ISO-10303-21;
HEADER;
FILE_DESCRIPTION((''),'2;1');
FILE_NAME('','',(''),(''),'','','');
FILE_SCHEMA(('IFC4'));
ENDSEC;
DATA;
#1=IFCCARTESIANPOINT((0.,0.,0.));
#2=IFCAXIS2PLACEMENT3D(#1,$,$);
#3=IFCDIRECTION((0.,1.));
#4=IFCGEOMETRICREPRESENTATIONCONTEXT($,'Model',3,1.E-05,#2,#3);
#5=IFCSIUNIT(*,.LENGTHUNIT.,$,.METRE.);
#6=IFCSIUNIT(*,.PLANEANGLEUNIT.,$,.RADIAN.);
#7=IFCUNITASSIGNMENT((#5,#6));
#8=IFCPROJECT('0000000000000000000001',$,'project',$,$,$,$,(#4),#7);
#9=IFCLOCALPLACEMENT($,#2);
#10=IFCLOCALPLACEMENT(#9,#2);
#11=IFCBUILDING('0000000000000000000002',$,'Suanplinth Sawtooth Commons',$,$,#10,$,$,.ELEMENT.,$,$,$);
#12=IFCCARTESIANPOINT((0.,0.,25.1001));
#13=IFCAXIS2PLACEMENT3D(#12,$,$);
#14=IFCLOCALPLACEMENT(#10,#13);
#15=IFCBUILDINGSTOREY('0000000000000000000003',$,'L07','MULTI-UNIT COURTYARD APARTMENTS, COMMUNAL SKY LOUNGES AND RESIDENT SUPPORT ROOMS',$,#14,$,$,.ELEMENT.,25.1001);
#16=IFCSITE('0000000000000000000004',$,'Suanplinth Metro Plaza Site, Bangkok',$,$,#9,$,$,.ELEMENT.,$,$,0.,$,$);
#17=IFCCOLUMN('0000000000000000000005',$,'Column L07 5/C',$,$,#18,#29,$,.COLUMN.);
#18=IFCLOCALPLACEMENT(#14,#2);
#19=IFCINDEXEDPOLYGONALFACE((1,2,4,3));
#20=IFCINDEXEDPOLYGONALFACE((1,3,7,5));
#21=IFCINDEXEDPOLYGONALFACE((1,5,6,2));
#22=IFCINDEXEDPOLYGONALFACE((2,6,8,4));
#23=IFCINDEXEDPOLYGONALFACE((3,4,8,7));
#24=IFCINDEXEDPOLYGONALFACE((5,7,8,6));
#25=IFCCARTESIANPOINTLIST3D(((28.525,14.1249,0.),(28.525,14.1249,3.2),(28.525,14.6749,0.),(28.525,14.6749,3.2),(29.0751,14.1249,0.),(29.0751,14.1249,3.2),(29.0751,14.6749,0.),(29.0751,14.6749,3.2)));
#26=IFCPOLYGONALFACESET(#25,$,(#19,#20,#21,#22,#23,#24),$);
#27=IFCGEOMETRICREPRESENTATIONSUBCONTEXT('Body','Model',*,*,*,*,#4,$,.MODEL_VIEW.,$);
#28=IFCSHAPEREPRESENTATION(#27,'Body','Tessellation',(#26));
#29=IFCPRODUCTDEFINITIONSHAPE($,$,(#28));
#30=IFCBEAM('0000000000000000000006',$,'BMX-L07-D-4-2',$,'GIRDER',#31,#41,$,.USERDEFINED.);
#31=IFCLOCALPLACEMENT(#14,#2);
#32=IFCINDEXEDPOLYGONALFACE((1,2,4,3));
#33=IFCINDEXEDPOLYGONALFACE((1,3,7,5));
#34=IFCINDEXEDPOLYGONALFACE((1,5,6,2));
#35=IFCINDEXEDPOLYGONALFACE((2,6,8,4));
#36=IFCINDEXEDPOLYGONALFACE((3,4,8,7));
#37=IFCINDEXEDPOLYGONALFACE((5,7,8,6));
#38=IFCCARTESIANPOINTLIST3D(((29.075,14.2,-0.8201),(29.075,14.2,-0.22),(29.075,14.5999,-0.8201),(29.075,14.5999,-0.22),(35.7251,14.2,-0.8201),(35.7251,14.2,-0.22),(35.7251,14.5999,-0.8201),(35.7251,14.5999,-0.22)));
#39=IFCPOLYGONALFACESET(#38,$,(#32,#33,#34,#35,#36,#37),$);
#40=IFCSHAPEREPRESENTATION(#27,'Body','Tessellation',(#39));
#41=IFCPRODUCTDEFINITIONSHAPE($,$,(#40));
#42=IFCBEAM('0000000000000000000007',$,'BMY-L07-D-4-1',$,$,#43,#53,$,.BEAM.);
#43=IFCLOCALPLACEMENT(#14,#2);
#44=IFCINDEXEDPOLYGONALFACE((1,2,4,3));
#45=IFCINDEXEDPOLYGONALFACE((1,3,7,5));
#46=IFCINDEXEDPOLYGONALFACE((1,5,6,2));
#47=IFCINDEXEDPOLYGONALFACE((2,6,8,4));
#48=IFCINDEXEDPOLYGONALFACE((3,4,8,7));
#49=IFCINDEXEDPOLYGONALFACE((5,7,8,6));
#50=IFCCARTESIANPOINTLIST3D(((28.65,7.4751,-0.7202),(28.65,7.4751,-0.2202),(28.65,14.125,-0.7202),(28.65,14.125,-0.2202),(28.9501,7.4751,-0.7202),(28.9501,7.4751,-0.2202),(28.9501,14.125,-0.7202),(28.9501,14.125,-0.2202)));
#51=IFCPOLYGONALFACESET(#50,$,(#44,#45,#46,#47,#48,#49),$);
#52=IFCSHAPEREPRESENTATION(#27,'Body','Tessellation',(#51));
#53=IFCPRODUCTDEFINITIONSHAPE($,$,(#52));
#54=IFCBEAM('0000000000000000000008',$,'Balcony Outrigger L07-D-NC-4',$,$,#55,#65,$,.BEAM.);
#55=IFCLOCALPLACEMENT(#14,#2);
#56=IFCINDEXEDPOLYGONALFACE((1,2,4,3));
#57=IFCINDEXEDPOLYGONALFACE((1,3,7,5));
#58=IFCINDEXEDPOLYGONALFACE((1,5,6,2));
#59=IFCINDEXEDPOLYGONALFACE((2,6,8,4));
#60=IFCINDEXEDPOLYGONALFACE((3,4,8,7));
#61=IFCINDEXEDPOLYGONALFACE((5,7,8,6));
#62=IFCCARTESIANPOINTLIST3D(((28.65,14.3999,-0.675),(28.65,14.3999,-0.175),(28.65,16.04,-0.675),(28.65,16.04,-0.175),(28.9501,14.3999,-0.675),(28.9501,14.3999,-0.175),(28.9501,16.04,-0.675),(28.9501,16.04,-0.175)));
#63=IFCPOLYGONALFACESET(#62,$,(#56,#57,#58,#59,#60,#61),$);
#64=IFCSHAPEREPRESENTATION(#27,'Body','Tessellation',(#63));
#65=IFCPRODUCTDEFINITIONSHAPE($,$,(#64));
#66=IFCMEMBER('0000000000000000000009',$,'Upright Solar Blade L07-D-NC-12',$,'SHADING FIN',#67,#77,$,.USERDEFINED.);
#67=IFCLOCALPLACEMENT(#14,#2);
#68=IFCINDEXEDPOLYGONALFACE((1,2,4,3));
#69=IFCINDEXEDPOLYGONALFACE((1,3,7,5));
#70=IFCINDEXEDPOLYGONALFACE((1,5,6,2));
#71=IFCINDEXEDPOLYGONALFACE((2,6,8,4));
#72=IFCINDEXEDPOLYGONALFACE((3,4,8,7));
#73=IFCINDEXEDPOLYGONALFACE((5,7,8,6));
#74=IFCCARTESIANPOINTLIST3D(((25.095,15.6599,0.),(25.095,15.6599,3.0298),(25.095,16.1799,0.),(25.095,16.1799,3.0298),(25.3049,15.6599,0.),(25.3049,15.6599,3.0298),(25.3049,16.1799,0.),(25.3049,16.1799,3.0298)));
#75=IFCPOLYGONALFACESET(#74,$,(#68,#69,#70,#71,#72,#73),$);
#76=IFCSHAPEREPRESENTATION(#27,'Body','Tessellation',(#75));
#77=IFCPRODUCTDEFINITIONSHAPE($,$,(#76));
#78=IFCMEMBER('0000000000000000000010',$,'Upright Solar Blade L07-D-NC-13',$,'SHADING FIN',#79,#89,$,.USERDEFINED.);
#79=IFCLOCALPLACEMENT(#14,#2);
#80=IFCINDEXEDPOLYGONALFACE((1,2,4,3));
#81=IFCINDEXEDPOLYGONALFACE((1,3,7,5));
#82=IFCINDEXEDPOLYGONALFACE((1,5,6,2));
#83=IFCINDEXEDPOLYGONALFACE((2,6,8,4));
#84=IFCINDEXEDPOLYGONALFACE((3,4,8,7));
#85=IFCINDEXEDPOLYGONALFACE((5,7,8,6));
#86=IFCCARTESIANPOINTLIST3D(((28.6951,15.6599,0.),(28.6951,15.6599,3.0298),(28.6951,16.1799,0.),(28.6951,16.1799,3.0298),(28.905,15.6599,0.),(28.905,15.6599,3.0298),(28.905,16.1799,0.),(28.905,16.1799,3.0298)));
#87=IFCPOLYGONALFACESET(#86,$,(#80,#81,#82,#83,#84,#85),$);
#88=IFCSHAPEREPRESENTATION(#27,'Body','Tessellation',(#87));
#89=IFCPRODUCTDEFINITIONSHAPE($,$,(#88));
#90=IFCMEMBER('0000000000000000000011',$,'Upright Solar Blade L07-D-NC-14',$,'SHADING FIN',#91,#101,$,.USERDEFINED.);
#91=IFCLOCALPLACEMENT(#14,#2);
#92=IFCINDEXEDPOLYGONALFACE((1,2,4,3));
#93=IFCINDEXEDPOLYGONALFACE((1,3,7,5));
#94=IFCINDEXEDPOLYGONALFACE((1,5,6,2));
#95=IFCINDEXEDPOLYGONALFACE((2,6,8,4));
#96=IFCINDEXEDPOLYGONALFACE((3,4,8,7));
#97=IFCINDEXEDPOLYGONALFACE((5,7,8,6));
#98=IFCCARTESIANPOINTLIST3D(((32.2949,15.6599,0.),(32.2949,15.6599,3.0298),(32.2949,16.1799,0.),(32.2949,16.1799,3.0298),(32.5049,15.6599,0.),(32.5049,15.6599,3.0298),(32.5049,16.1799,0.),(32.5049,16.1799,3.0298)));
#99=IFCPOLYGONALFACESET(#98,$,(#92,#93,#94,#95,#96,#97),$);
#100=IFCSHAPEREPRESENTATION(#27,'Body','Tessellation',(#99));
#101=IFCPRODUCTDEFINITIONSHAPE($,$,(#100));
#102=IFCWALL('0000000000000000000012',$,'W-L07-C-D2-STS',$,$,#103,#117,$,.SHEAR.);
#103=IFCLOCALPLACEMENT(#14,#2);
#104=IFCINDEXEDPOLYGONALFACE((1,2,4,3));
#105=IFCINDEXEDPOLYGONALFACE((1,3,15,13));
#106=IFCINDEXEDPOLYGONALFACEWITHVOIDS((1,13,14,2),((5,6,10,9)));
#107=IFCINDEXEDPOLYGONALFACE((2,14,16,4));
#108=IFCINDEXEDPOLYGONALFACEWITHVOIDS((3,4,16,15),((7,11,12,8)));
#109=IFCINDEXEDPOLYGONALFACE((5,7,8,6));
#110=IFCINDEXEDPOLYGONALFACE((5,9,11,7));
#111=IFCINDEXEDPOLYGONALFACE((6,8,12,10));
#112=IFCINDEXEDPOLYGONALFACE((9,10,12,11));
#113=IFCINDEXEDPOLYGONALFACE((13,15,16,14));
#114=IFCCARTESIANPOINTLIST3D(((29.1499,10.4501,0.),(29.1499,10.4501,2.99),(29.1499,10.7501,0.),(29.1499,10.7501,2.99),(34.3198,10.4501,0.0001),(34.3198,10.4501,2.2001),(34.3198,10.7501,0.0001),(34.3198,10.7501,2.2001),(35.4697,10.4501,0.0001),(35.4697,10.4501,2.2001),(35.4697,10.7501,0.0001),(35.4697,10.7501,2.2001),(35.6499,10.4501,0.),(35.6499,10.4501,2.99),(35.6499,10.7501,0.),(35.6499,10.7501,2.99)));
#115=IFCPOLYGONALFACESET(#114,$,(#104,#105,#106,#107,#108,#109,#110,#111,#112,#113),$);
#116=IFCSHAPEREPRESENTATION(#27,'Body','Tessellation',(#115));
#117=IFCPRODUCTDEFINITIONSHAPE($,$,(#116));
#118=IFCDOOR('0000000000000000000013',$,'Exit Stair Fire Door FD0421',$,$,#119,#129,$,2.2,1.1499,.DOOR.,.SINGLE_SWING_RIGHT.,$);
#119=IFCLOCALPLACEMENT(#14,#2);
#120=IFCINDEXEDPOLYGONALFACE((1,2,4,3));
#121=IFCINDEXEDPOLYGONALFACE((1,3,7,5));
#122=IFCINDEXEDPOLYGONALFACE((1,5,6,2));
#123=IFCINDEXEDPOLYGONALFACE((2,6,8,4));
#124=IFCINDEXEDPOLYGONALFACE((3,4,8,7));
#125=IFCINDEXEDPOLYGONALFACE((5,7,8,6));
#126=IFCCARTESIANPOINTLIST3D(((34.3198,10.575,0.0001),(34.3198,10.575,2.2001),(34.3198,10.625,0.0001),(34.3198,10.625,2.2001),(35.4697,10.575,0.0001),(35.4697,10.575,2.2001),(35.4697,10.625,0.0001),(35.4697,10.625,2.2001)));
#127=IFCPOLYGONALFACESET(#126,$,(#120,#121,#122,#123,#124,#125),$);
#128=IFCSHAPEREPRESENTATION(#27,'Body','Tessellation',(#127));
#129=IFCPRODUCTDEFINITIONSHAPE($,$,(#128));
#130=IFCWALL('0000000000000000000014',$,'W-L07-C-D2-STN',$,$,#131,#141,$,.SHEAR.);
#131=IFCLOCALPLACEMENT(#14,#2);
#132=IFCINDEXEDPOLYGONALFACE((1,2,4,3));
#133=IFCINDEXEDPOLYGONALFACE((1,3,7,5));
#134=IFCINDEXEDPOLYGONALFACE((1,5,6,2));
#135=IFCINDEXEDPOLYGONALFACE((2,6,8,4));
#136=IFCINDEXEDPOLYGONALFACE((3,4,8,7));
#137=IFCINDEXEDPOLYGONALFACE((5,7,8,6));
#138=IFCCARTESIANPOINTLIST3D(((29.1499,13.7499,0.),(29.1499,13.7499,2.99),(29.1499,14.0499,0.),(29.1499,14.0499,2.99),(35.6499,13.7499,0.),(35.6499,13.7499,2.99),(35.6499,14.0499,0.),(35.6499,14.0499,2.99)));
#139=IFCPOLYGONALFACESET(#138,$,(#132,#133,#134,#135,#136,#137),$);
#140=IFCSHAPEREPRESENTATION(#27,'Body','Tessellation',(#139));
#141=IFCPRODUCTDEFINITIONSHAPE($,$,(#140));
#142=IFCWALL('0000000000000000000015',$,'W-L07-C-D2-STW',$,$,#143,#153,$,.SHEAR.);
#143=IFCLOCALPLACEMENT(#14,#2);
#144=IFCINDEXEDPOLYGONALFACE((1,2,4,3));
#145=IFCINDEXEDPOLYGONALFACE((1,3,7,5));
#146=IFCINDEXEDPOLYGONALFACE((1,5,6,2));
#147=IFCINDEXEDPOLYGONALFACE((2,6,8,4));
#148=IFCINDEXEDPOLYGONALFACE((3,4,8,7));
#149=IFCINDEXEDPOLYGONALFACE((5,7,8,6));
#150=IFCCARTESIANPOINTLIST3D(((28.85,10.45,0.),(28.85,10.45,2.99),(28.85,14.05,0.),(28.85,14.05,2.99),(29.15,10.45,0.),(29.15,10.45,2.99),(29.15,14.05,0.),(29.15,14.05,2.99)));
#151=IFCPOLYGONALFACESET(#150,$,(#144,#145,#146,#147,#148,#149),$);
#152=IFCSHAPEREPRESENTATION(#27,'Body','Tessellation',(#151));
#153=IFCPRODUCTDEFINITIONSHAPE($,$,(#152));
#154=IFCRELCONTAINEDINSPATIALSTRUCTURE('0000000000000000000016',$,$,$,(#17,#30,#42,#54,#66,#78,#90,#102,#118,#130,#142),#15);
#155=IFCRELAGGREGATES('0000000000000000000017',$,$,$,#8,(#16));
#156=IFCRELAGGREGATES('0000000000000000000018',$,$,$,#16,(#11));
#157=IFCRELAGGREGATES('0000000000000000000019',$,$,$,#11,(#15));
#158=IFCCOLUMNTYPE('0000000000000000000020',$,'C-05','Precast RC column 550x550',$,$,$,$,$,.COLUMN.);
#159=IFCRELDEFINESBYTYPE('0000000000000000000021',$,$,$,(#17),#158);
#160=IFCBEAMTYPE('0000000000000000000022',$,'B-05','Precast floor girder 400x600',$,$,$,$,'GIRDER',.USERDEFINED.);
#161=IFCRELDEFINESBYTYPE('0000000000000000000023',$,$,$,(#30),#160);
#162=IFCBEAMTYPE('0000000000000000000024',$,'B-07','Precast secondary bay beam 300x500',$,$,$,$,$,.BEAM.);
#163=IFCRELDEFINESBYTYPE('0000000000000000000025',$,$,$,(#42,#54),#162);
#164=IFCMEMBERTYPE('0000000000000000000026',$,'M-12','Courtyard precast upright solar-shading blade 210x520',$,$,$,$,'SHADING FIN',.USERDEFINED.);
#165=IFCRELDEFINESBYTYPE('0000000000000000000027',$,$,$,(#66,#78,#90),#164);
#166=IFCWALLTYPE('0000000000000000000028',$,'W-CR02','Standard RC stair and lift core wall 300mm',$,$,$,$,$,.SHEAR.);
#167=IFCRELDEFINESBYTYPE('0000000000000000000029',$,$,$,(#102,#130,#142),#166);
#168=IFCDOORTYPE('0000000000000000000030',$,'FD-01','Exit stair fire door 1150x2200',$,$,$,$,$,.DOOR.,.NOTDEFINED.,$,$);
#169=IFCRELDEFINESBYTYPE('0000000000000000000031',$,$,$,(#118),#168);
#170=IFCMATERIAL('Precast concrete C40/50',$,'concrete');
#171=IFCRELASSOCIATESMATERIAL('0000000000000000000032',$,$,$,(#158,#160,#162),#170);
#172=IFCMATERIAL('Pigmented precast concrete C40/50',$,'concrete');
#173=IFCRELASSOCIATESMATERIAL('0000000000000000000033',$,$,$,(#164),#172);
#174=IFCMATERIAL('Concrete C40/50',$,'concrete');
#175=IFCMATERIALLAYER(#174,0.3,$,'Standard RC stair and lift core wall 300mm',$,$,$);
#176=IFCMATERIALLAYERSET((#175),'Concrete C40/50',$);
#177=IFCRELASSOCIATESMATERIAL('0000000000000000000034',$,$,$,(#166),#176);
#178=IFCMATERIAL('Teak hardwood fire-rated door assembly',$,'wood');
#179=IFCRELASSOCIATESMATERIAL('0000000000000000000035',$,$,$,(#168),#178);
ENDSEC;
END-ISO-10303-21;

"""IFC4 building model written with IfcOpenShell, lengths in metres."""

from ifc_helpers import new_model, si_unit, direction, frame, frame_2d, origin, origin_2d, place, context, subcontext, project, spatial, rectangle, extrude, material, layer, layer_set, material_profile, profile_set, type_object, element, fill, save


model = new_model("IFC4")

# Units and contexts
model_context = context("Model", 3, precision=1e-05, world=origin(), true_north=direction((0.0, 1.0)))
body_context = subcontext(model_context, "Body", "Model", "MODEL_VIEW")
ifc_project = project(units=[si_unit("LENGTHUNIT", "METRE"), si_unit("PLANEANGLEUNIT", "RADIAN")], contexts=[model_context])

# Site, building, storey
site_placement = place(None, origin())
site = spatial("IfcSite", under=ifc_project, at=site_placement, Name="Suanplinth Metro Plaza Site, Bangkok", CompositionType="ELEMENT", RefElevation=0.0)
building_placement = place(site_placement, origin())
building = spatial("IfcBuilding", under=site, at=building_placement, Name="Suanplinth Sawtooth Commons", CompositionType="ELEMENT")
storey_placement = place(building_placement, frame((0.0, 0.0, 25.1001)))
storey = spatial("IfcBuildingStorey", under=building, at=storey_placement, Name="L07", Description="MULTI-UNIT COURTYARD APARTMENTS, COMMUNAL SKY LOUNGES AND RESIDENT SUPPORT ROOMS", CompositionType="ELEMENT", Elevation=25.1001)

# Column
ifc_material_1 = material(Name="Precast concrete C40/50", Category="concrete")
ifc_material_profile_1 = material_profile(ifc_material_1, rectangle(XDim=0.55, YDim=0.55, at=origin_2d()), Name="PC-COL 550x550")
ifc_profile_set_1 = profile_set([ifc_material_profile_1], Name="Precast concrete C40/50")
column_type = type_object("IfcColumnType", Name="C-05", Description="Precast RC column 550x550", PredefinedType="COLUMN", material=ifc_profile_set_1)
column_placement = place(storey_placement, frame((28.8, 14.3999, 0.0), z_axis=(0.0, 0.0, 1.0), x_axis=(1.0, 0.0, 0.0)))
element("IfcColumn", 1, at=column_placement, inside=storey, type_object=column_type, Name="Column L07 5/C", PredefinedType="COLUMN", context=body_context, shape_type="SweptSolid", body=[
    extrude(rectangle(XDim=0.55, YDim=0.55, at=origin_2d()), origin(), (0.0, 0.0, 1.0), 3.2),
])

# Beams
ifc_material_profile_2 = material_profile(ifc_material_1, rectangle(XDim=0.3999, YDim=0.6001, at=origin_2d()), Name="PC-GDR 400x600")
ifc_profile_set_2 = profile_set([ifc_material_profile_2], Name="Precast concrete C40/50")
beam_type_1 = type_object("IfcBeamType", Name="B-05", Description="Precast floor girder 400x600", ElementType="GIRDER", PredefinedType="USERDEFINED", material=ifc_profile_set_2)
beam_1_placement = place(storey_placement, frame((29.075, 14.3999, -0.52), z_axis=(1.0, 0.0, 0.0), x_axis=(0.0, 1.0, 0.0)))
element("IfcBeam", 2, at=beam_1_placement, inside=storey, type_object=beam_type_1, Name="BMX-L07-D-4-2", ObjectType="GIRDER", PredefinedType="USERDEFINED", context=body_context, shape_type="SweptSolid", body=[
    extrude(rectangle(XDim=0.3999, YDim=0.6001, at=origin_2d()), origin(), (0.0, 0.0, 1.0), 6.6501),
])
ifc_material_profile_3 = material_profile(ifc_material_1, rectangle(XDim=0.3, YDim=0.5, at=origin_2d()), Name="PC-BM 300x500")
ifc_profile_set_3 = profile_set([ifc_material_profile_3], Name="Precast concrete C40/50")
beam_type_2 = type_object("IfcBeamType", Name="B-07", Description="Precast secondary bay beam 300x500", PredefinedType="BEAM", material=ifc_profile_set_3)
beam_2_placement = place(storey_placement, frame((28.8, 7.4751, -0.4702), z_axis=(0.0, 1.0, 0.0), x_axis=(-1.0, 0.0, 0.0)))
element("IfcBeam", 3, at=beam_2_placement, inside=storey, type_object=beam_type_2, Name="BMY-L07-D-4-1", PredefinedType="BEAM", context=body_context, shape_type="SweptSolid", body=[
    extrude(rectangle(XDim=0.3, YDim=0.5, at=origin_2d()), origin(), (0.0, 0.0, 1.0), 6.6499),
])
beam_3_placement = place(storey_placement, frame((28.8, 14.3999, -0.425), z_axis=(0.0, 1.0, 0.0), x_axis=(-1.0, 0.0, 0.0)))
element("IfcBeam", 4, at=beam_3_placement, inside=storey, type_object=beam_type_2, Name="Balcony Outrigger L07-D-NC-4", PredefinedType="BEAM", context=body_context, shape_type="SweptSolid", body=[
    extrude(rectangle(XDim=0.3, YDim=0.5, at=origin_2d()), origin(), (0.0, 0.0, 1.0), 1.6401),
])

# Members
ifc_material_2 = material(Name="Pigmented precast concrete C40/50", Category="concrete")
ifc_material_profile_4 = material_profile(ifc_material_2, rectangle(XDim=0.21, YDim=0.52, at=origin_2d()), Name="PC-FIN 210x520")
ifc_profile_set_4 = profile_set([ifc_material_profile_4], Name="Pigmented precast concrete C40/50")
member_type = type_object("IfcMemberType", Name="M-12", Description="Courtyard precast upright solar-shading blade 210x520", ElementType="SHADING FIN", PredefinedType="USERDEFINED", material=ifc_profile_set_4)
for number, where, z_axis, x_axis, name in (
    (5, (25.2, 15.9199, 0.0), (0.0, 0.0, 1.0), (1.0, 0.0, 0.0), "Upright Solar Blade L07-D-NC-12"),
    (6, (28.8, 15.9199, 0.0), (0.0, 0.0, 1.0), (1.0, 0.0, 0.0), "Upright Solar Blade L07-D-NC-13"),
    (7, (32.3999, 15.9199, 0.0), (0.0, 0.0, 1.0), (1.0, 0.0, 0.0), "Upright Solar Blade L07-D-NC-14"),
):
    element("IfcMember", number, at=place(storey_placement, frame(where, z_axis=z_axis, x_axis=x_axis)), inside=storey, type_object=member_type, Name=name, ObjectType="SHADING FIN", PredefinedType="USERDEFINED", context=body_context, shape_type="SweptSolid", body=[
        extrude(rectangle(XDim=0.21, YDim=0.52, at=origin_2d()), origin(), (0.0, 0.0, 1.0), 3.0298),
    ])

# Wall, opening, door
ifc_material_3 = material(Name="Concrete C40/50", Category="concrete")
ifc_layer_1 = layer(ifc_material_3, 0.3, Name="Standard RC stair and lift core wall 300mm")
ifc_layer_set_1 = layer_set([ifc_layer_1], Name="Concrete C40/50")
wall_type_1 = type_object("IfcWallType", Name="W-CR02", Description="Standard RC stair and lift core wall 300mm", PredefinedType="SHEAR", material=ifc_layer_set_1)
wall_1_placement = place(storey_placement, frame((29.1499, 10.6001, 0.0), z_axis=(0.0, 0.0, 1.0), x_axis=(1.0, 0.0, 0.0)))
wall_1 = element("IfcWall", 8, at=wall_1_placement, inside=storey, type_object=wall_type_1, Name="W-L07-C-D2-STS", PredefinedType="SHEAR", context=body_context, shape_type="SweptSolid", body=[
    extrude(rectangle(XDim=6.5, YDim=0.3, at=frame_2d((3.25, 0.0))), origin(), (0.0, 0.0, 1.0), 2.99),
])
opening_1_placement = place(wall_1_placement, frame((5.1699, 0.0, 0.0)))
opening_1 = element("IfcOpeningElement", 9, at=opening_1_placement, cuts=wall_1, PredefinedType="OPENING", context=body_context, shape_type="SweptSolid", body=[
    extrude(rectangle(XDim=1.1499, YDim=2.2, at=frame_2d((0.575, 1.1001))), frame((0.0, 0.165, 0.0), z_axis=(0.0, -1.0, 0.0), x_axis=(1.0, 0.0, 0.0)), (0.0, 0.0, 1.0), 0.3298),
])
ifc_material_4 = material(Name="Teak hardwood fire-rated door assembly", Category="wood")
door_type_1 = type_object("IfcDoorType", Name="FD-01", Description="Exit stair fire door 1150x2200", OperationType="NOTDEFINED", PredefinedType="DOOR", material=ifc_material_4)
door_1_placement = place(opening_1_placement, origin())
door_1 = element("IfcDoor", 10, at=door_1_placement, inside=storey, type_object=door_type_1, Name="Exit Stair Fire Door FD0421", OperationType="SINGLE_SWING_RIGHT", OverallHeight=2.2, OverallWidth=1.1499, PredefinedType="DOOR", context=body_context, shape_type="SweptSolid", body=[
    extrude(rectangle(XDim=1.1499, YDim=2.2, at=frame_2d((0.575, 1.1001))), frame((0.0, 0.0249, 0.0), z_axis=(0.0, -1.0, 0.0), x_axis=(1.0, 0.0, 0.0)), (0.0, 0.0, 1.0), 0.05),
])
fill(opening_1, door_1)

# Walls
wall_2_placement = place(storey_placement, frame((29.1499, 13.8999, 0.0), z_axis=(0.0, 0.0, 1.0), x_axis=(1.0, 0.0, 0.0)))
element("IfcWall", 11, at=wall_2_placement, inside=storey, type_object=wall_type_1, Name="W-L07-C-D2-STN", PredefinedType="SHEAR", context=body_context, shape_type="SweptSolid", body=[
    extrude(rectangle(XDim=6.5, YDim=0.3, at=frame_2d((3.25, 0.0))), origin(), (0.0, 0.0, 1.0), 2.99),
])
wall_3_placement = place(storey_placement, frame((29.0, 10.45, 0.0), z_axis=(0.0, 0.0, 1.0), x_axis=(0.0, 1.0, 0.0)))
element("IfcWall", 12, at=wall_3_placement, inside=storey, type_object=wall_type_1, Name="W-L07-C-D2-STW", PredefinedType="SHEAR", context=body_context, shape_type="SweptSolid", body=[
    extrude(rectangle(XDim=3.6001, YDim=0.3, at=frame_2d((1.8, 0.0))), origin(), (0.0, 0.0, 1.0), 2.99),
])

save(model, "model.ifc")
